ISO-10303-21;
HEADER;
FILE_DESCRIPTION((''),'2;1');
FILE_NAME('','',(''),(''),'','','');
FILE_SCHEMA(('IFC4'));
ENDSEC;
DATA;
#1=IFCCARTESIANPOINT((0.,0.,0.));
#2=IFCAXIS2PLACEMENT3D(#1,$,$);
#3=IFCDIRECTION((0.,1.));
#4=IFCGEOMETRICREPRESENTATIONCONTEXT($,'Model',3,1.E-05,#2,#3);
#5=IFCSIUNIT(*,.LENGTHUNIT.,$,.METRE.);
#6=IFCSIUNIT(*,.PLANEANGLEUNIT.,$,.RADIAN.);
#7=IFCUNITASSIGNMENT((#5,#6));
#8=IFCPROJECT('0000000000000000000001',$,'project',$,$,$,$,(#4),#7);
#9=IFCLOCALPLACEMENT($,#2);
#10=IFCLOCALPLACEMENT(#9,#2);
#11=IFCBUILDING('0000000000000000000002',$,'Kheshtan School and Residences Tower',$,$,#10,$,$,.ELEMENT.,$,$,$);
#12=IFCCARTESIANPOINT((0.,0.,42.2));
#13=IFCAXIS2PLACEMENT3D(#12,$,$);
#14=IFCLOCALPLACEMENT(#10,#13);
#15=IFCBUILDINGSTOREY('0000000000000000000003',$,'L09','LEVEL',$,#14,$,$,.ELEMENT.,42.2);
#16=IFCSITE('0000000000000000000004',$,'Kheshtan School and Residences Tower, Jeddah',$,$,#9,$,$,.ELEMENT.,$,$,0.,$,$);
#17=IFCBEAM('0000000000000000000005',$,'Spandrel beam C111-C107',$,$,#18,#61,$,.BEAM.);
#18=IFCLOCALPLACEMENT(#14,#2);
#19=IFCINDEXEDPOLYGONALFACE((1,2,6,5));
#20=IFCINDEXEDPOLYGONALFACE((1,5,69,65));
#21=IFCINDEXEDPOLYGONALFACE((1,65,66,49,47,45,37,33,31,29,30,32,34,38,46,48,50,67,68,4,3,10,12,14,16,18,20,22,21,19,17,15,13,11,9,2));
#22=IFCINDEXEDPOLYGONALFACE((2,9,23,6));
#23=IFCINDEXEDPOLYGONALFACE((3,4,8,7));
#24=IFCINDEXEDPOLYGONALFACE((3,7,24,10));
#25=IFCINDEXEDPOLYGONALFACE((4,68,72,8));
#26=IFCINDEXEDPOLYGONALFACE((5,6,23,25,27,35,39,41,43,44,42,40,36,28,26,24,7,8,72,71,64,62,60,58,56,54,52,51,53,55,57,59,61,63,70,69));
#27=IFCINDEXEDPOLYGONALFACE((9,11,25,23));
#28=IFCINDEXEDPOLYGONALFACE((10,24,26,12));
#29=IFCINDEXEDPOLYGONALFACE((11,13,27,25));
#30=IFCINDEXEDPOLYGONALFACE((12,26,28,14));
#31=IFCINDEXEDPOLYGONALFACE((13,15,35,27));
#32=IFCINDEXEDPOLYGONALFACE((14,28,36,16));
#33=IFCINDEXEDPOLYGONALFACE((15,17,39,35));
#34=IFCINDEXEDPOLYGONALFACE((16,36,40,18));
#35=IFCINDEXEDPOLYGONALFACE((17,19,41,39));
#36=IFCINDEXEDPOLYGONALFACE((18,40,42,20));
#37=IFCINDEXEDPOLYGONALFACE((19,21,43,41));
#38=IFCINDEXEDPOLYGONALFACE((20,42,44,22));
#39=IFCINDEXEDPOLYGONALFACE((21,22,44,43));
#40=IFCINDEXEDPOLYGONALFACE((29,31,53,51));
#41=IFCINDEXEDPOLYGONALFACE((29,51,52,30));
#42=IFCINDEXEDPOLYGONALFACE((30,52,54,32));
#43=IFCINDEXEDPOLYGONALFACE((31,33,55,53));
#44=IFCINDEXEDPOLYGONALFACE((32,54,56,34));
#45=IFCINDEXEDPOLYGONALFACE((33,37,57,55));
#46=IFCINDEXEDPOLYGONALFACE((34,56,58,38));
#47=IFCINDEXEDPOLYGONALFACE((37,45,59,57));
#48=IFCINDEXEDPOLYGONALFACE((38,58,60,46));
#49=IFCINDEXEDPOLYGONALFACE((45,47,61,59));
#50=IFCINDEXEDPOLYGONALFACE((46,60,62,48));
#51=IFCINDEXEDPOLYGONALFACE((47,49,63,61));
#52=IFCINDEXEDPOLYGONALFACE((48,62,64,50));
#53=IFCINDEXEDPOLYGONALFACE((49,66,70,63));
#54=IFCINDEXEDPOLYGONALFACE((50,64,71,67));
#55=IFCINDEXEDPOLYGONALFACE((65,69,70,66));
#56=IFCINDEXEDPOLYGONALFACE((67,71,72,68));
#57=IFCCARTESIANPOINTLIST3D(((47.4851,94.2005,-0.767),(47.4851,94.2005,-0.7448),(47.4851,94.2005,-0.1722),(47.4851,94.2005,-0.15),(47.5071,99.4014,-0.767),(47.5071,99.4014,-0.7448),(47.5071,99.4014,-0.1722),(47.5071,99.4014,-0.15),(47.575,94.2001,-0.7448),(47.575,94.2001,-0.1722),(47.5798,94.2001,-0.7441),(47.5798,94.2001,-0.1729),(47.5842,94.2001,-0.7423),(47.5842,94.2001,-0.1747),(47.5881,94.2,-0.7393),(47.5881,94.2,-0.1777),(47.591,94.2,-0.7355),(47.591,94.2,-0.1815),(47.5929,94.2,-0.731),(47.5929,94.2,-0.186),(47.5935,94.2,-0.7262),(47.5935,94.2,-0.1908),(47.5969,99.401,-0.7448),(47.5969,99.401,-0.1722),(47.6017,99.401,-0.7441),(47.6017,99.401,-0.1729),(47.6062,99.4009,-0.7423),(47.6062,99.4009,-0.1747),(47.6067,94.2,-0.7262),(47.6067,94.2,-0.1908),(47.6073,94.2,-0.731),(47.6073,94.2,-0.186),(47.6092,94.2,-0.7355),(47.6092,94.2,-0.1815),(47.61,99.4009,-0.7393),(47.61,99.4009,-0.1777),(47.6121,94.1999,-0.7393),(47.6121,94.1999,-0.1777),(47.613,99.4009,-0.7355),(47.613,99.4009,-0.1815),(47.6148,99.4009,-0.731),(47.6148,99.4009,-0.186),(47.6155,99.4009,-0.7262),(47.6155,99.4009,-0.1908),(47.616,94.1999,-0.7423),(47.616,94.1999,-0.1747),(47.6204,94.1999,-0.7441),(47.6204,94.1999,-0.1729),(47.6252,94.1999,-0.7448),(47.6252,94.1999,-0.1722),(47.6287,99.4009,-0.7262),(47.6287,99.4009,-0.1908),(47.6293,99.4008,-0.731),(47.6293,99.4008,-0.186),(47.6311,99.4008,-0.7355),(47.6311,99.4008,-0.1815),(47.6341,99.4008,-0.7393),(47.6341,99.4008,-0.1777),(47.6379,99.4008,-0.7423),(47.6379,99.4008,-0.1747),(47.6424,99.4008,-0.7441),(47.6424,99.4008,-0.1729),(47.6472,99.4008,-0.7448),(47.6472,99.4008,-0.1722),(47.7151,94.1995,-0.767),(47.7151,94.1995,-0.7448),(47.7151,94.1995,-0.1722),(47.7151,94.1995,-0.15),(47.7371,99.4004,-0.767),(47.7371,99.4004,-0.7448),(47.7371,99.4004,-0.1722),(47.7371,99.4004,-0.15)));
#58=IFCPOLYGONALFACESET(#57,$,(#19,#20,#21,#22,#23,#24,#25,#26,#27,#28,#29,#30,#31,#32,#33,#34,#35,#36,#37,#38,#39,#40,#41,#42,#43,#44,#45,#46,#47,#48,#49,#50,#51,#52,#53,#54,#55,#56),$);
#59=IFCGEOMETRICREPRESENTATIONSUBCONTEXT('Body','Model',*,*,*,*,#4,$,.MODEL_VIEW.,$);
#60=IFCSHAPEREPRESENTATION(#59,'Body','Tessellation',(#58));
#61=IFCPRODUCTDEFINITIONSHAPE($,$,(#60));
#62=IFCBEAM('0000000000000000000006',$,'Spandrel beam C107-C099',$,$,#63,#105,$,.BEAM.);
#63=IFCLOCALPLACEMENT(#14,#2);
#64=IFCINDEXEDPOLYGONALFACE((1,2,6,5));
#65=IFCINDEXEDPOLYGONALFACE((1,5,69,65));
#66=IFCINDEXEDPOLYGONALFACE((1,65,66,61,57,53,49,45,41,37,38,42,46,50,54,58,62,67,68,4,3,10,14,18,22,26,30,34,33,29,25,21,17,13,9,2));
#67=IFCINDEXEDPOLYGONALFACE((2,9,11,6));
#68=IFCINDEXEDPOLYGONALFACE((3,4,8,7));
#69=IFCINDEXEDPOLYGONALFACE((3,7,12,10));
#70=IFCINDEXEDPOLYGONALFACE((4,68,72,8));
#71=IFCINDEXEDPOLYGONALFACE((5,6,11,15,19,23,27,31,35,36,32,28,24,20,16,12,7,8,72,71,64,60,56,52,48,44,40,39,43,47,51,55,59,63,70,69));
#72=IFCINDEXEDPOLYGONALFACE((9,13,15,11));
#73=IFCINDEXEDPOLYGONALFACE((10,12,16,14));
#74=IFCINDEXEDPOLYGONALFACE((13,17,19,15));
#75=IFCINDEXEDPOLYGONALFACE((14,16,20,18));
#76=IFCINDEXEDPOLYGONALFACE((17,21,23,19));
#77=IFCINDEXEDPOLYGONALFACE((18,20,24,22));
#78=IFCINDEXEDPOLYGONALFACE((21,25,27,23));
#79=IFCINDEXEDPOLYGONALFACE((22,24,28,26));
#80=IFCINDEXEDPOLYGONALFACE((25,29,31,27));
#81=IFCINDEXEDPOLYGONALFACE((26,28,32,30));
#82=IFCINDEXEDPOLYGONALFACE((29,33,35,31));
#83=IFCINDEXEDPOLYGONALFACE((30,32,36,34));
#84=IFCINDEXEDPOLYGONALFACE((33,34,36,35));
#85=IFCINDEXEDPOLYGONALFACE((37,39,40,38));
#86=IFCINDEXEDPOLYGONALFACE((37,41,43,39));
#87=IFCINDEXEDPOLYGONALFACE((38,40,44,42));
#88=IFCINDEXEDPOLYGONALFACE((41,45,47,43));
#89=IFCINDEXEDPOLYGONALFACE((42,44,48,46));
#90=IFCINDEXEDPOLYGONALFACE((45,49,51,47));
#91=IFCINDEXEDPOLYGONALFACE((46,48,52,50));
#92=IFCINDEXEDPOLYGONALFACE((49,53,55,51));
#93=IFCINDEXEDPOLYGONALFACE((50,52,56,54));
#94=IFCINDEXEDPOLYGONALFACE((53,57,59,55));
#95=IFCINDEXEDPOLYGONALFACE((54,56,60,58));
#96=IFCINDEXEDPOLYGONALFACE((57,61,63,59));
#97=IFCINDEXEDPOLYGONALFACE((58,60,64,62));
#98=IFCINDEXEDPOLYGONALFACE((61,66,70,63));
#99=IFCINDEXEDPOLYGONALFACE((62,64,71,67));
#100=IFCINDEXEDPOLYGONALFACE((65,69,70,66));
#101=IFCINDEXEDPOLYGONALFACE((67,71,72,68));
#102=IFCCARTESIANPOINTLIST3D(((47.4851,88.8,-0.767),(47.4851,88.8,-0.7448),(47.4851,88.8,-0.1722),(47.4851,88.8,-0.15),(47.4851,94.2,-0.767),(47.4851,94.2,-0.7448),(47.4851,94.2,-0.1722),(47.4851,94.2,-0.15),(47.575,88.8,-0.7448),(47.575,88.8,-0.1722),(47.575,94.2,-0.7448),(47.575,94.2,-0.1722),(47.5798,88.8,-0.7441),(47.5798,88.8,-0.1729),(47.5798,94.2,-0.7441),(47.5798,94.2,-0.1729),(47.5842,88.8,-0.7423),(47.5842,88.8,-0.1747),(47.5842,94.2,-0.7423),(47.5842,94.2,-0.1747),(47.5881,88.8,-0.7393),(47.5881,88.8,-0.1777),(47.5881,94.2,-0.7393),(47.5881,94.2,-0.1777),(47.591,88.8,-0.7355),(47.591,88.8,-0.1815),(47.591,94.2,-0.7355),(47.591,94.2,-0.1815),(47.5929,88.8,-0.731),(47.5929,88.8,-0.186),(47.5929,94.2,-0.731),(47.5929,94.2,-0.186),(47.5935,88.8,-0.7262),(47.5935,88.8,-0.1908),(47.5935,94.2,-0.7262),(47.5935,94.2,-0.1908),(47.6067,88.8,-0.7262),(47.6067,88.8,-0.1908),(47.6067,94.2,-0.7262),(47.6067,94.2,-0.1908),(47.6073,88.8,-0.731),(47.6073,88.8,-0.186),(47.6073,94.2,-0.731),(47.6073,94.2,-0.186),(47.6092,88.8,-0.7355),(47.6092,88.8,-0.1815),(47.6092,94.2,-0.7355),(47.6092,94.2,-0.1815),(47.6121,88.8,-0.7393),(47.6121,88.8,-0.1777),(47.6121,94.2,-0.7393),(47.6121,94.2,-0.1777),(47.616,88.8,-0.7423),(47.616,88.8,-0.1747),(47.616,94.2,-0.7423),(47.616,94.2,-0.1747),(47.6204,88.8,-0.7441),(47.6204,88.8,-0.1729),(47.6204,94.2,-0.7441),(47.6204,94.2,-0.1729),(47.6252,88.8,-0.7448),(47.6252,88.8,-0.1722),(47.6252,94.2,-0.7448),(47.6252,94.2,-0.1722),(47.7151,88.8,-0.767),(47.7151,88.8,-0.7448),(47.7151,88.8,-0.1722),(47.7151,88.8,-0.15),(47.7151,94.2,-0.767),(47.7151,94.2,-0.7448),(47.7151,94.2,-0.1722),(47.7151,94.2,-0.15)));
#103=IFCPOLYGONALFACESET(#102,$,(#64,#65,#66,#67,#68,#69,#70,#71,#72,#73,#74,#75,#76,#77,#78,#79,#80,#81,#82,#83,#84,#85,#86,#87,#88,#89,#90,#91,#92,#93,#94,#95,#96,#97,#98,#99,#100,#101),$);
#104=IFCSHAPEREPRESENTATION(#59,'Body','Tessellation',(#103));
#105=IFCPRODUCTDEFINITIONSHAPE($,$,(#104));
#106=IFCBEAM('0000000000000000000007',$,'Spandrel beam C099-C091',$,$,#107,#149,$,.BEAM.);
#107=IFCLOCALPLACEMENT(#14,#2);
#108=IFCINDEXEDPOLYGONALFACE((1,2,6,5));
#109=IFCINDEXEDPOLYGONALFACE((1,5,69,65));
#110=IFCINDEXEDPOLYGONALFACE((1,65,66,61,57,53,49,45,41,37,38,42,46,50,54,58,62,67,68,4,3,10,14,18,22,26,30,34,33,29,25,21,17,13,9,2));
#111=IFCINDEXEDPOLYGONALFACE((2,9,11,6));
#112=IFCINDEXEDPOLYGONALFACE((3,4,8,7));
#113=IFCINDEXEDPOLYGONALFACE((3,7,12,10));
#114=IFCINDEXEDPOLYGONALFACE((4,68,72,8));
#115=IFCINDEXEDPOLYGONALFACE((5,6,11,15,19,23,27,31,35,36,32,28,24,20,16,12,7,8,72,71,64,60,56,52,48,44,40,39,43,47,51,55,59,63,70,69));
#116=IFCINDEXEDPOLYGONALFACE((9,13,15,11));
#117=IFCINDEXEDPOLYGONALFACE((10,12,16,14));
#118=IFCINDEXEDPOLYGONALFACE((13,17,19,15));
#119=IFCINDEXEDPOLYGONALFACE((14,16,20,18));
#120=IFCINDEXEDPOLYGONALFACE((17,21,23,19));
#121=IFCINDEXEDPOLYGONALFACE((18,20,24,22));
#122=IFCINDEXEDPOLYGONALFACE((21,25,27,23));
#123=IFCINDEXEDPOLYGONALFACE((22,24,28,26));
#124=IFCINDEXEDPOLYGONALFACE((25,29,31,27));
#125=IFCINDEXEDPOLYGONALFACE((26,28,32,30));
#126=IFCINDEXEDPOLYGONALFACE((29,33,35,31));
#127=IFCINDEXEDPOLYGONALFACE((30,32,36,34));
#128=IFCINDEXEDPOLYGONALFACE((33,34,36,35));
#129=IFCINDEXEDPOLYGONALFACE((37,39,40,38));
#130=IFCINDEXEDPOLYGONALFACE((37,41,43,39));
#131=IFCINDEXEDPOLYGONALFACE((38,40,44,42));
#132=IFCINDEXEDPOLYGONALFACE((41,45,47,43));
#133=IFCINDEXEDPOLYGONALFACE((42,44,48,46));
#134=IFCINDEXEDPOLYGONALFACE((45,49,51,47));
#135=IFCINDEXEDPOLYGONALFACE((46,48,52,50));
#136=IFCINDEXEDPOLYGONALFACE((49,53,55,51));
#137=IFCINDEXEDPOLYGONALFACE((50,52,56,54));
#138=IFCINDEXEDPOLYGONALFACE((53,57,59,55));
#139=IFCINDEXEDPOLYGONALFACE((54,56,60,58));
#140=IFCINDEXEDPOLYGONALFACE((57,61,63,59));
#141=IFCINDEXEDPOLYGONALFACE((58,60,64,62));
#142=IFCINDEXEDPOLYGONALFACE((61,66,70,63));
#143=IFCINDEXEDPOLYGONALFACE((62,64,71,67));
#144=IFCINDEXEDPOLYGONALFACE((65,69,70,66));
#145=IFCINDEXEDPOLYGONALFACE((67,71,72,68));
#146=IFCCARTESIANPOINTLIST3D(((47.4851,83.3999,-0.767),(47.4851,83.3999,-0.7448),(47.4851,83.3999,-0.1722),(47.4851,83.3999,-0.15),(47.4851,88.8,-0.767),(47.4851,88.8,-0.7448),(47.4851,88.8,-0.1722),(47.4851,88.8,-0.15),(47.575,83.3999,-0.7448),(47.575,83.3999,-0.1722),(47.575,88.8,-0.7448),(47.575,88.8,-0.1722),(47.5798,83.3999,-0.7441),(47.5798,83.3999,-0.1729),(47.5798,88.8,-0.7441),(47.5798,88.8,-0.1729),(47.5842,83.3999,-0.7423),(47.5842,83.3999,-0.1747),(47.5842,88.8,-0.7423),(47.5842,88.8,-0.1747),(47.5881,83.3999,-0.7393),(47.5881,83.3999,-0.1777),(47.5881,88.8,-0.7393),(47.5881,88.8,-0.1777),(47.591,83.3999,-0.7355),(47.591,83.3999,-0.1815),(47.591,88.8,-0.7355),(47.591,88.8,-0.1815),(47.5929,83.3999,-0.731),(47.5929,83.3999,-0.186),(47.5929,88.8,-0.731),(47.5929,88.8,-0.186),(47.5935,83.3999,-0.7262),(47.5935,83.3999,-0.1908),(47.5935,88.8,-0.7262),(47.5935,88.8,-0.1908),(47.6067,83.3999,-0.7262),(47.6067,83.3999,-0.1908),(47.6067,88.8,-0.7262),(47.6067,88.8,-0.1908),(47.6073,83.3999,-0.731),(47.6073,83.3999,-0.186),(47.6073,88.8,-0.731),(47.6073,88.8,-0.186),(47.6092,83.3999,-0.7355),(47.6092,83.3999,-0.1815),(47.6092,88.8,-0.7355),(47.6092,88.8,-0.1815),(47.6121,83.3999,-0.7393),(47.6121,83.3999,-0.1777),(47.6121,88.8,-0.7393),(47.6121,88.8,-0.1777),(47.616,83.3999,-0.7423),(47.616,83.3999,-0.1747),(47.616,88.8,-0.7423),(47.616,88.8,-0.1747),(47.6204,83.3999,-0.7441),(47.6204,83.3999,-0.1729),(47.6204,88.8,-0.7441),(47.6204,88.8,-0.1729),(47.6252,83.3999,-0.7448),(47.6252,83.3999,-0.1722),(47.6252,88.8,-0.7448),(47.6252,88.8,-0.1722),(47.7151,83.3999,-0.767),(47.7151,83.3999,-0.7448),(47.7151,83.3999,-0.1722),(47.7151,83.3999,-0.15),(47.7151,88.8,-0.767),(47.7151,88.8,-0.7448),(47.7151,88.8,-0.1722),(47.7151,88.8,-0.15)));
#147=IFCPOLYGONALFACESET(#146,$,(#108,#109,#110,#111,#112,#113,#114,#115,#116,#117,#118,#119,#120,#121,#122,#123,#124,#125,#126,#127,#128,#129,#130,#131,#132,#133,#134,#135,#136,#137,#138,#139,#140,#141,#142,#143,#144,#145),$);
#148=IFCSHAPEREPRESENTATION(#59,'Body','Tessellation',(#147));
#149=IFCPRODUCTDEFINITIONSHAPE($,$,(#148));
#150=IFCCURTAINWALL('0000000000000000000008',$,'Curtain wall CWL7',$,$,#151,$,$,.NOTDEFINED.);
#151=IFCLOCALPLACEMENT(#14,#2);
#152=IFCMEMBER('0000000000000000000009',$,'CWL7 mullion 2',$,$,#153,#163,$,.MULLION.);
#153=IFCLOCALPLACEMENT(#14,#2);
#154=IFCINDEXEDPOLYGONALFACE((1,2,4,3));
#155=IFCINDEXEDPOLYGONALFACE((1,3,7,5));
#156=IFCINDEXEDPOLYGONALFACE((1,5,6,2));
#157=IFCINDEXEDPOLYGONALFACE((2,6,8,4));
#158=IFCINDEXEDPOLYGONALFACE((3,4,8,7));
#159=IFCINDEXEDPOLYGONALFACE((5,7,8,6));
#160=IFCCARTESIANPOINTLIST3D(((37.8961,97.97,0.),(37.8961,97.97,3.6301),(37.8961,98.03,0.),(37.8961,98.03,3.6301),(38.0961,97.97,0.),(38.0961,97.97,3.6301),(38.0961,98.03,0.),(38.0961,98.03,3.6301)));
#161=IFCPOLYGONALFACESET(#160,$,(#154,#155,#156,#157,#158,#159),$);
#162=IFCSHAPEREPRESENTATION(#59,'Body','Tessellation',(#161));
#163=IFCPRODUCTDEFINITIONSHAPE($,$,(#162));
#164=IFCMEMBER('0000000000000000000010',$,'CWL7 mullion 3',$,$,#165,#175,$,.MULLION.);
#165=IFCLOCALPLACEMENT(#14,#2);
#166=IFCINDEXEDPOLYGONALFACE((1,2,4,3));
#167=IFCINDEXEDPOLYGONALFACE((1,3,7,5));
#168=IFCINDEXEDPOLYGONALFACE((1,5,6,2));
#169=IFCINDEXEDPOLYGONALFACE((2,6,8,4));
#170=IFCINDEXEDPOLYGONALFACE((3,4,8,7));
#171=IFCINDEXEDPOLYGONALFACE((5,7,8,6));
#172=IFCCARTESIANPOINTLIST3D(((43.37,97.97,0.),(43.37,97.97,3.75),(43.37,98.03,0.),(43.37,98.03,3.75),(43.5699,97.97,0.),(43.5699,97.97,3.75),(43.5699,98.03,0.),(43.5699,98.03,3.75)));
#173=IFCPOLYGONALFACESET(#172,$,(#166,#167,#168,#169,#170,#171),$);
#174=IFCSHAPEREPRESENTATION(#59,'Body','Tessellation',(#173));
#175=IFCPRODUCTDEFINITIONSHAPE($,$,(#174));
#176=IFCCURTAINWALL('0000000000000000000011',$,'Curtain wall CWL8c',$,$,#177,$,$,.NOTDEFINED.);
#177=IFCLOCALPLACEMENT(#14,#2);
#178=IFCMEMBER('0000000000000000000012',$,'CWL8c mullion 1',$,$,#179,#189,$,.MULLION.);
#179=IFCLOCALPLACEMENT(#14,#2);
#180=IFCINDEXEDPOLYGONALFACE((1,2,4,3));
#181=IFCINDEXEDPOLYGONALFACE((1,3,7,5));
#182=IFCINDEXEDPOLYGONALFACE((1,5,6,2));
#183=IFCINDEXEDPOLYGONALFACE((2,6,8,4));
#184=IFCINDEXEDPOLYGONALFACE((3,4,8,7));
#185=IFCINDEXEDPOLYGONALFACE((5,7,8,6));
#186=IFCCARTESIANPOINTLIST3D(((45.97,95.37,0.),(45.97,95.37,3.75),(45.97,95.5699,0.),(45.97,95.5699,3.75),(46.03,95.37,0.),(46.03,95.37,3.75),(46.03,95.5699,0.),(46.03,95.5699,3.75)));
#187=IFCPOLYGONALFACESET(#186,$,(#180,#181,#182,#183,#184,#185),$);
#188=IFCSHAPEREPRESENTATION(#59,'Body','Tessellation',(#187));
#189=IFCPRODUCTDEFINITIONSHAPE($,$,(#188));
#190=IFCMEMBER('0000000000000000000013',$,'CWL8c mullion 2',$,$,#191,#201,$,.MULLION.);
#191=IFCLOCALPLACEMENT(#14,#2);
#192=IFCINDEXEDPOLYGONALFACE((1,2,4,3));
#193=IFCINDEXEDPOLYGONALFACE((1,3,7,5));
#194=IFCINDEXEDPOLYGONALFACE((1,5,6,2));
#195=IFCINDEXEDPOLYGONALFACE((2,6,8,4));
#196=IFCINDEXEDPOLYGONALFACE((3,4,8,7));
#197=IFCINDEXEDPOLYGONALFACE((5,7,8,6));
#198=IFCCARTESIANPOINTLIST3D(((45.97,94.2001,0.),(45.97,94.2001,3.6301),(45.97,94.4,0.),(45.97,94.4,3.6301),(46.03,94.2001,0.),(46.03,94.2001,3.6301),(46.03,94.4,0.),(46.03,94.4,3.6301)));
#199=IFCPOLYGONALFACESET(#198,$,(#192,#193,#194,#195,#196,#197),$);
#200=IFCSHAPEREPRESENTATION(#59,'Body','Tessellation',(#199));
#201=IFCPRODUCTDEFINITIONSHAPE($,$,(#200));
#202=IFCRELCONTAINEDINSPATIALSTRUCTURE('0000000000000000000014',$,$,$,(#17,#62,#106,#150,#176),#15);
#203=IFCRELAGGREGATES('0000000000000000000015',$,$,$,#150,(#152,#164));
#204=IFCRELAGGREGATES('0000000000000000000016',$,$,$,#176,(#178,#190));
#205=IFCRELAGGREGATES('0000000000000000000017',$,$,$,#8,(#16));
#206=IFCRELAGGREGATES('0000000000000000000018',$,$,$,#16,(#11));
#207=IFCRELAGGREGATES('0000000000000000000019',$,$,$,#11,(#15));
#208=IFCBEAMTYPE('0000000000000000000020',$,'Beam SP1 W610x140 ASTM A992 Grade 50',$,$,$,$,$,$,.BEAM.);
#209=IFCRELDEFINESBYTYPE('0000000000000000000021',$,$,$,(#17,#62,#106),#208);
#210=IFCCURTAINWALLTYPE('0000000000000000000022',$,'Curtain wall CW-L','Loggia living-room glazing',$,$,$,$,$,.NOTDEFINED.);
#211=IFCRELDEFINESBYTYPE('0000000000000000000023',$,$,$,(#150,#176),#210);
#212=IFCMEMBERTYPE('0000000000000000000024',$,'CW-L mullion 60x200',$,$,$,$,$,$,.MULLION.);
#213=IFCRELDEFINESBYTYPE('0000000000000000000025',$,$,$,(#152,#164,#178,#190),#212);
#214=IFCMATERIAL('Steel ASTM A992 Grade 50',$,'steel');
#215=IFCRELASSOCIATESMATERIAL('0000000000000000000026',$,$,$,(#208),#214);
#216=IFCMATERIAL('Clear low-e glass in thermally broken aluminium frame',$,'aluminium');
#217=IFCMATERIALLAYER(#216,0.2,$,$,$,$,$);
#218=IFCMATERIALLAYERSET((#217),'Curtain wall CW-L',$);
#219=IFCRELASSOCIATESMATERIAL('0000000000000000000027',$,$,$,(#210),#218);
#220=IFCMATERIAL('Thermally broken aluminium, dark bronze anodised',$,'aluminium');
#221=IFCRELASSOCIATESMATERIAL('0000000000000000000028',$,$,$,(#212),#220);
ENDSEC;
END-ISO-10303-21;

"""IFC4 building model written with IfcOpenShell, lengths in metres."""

from ifc_helpers import new_model, si_unit, direction, frame, origin, origin_2d, place, context, subcontext, project, spatial, rectangle, i_section, extrude, material, layer, layer_set, material_profile, profile_set, type_object, element, aggregate, save


model = new_model("IFC4")

# Units and contexts
model_context = context("Model", 3, precision=1e-05, world=origin(), true_north=direction((0.0, 1.0)))
body_context = subcontext(model_context, "Body", "Model", "MODEL_VIEW")
ifc_project = project(units=[si_unit("LENGTHUNIT", "METRE"), si_unit("PLANEANGLEUNIT", "RADIAN")], contexts=[model_context])

# Site, building, storey
site_placement = place(None, origin())
site = spatial("IfcSite", under=ifc_project, at=site_placement, Name="Kheshtan School and Residences Tower, Jeddah", CompositionType="ELEMENT", RefElevation=0.0)
building_placement = place(site_placement, origin())
building = spatial("IfcBuilding", under=site, at=building_placement, Name="Kheshtan School and Residences Tower", CompositionType="ELEMENT")
storey_placement = place(building_placement, frame((0.0, 0.0, 42.2)))
storey = spatial("IfcBuildingStorey", under=building, at=storey_placement, Name="L09", Description="LEVEL", CompositionType="ELEMENT", Elevation=42.2)

# Shared definitions
ifc_material_1 = material(Name="Steel ASTM A992 Grade 50", Category="steel")

# Beams
ifc_material_profile_1 = material_profile(ifc_material_1, i_section(OverallWidth=0.23, OverallDepth=0.6169, WebThickness=0.0132, FlangeThickness=0.0222, FilletRadius=0.0186, at=origin_2d()), Name="W610x140")
ifc_profile_set_1 = profile_set([ifc_material_profile_1], Name="Steel ASTM A992 Grade 50")
beam_type_1 = type_object("IfcBeamType", Name="Beam SP1 W610x140 ASTM A992 Grade 50", PredefinedType="BEAM", material=ifc_profile_set_1)
beam_1_placement = place(storey_placement, frame((47.6221, 99.4009, -0.4585), z_axis=(-0.004225, -0.999991, 0.0), x_axis=(0.999991, -0.004225, 0.0)))
element("IfcBeam", 1, at=beam_1_placement, inside=storey, type_object=beam_type_1, Name="Spandrel beam C111-C107", PredefinedType="BEAM", context=body_context, shape_type="SweptSolid", body=[
    extrude(i_section(OverallWidth=0.23, OverallDepth=0.6169, WebThickness=0.0132, FlangeThickness=0.0222, FilletRadius=0.0186, at=origin_2d()), origin(), (0.0, 0.0, 1.0), 5.2009),
])
beam_2_placement = place(storey_placement, frame((47.6001, 94.2, -0.4585), z_axis=(0.0, -1.0, 0.0), x_axis=(1.0, 0.0, 0.0)))
element("IfcBeam", 2, at=beam_2_placement, inside=storey, type_object=beam_type_1, Name="Spandrel beam C107-C099", PredefinedType="BEAM", context=body_context, shape_type="SweptSolid", body=[
    extrude(i_section(OverallWidth=0.23, OverallDepth=0.6169, WebThickness=0.0132, FlangeThickness=0.0222, FilletRadius=0.0186, at=origin_2d()), origin(), (0.0, 0.0, 1.0), 5.3999),
])
beam_3_placement = place(storey_placement, frame((47.6001, 88.8, -0.4585), z_axis=(0.0, -1.0, 0.0), x_axis=(1.0, 0.0, 0.0)))
element("IfcBeam", 3, at=beam_3_placement, inside=storey, type_object=beam_type_1, Name="Spandrel beam C099-C091", PredefinedType="BEAM", context=body_context, shape_type="SweptSolid", body=[
    extrude(i_section(OverallWidth=0.23, OverallDepth=0.6169, WebThickness=0.0132, FlangeThickness=0.0222, FilletRadius=0.0186, at=origin_2d()), origin(), (0.0, 0.0, 1.0), 5.4001),
])

# Curtain walls, members
ifc_material_2 = material(Name="Clear low-e glass in thermally broken aluminium frame", Category="aluminium")
ifc_layer_1 = layer(ifc_material_2, 0.2)
ifc_layer_set_1 = layer_set([ifc_layer_1], Name="Curtain wall CW-L")
curtain_wall_type = type_object("IfcCurtainWallType", Name="Curtain wall CW-L", Description="Loggia living-room glazing", PredefinedType="NOTDEFINED", material=ifc_layer_set_1)
curtain_wall_1_placement = place(storey_placement, origin())
curtain_wall_1 = element("IfcCurtainWall", 4, at=curtain_wall_1_placement, inside=storey, type_object=curtain_wall_type, Name="Curtain wall CWL7", PredefinedType="NOTDEFINED")
ifc_material_3 = material(Name="Thermally broken aluminium, dark bronze anodised", Category="aluminium")
ifc_material_profile_2 = material_profile(ifc_material_3, rectangle(XDim=0.0601, YDim=0.2, at=origin_2d()), Name="CW-L mullion 60x200")
ifc_profile_set_2 = profile_set([ifc_material_profile_2], Name="Thermally broken aluminium, dark bronze anodised")
member_type_1 = type_object("IfcMemberType", Name="CW-L mullion 60x200", PredefinedType="MULLION", material=ifc_profile_set_2)
member_1_placement = place(storey_placement, frame((37.9961, 98.0, 0.0), z_axis=(0.0, 0.0, 1.0), x_axis=(0.0, 1.0, 0.0)))
member_1 = element("IfcMember", 5, at=member_1_placement, type_object=member_type_1, Name="CWL7 mullion 2", PredefinedType="MULLION", context=body_context, shape_type="SweptSolid", body=[
    extrude(rectangle(XDim=0.0601, YDim=0.2, at=origin_2d()), origin(), (0.0, 0.0, 1.0), 3.6301),
])
member_2_placement = place(storey_placement, frame((43.47, 98.0, 0.0), z_axis=(0.0, 0.0, 1.0), x_axis=(0.0, 1.0, 0.0)))
member_2 = element("IfcMember", 6, at=member_2_placement, type_object=member_type_1, Name="CWL7 mullion 3", PredefinedType="MULLION", context=body_context, shape_type="SweptSolid", body=[
    extrude(rectangle(XDim=0.0601, YDim=0.2, at=origin_2d()), origin(), (0.0, 0.0, 1.0), 3.75),
])
curtain_wall_2_placement = place(storey_placement, origin())
curtain_wall_2 = element("IfcCurtainWall", 7, at=curtain_wall_2_placement, inside=storey, type_object=curtain_wall_type, Name="Curtain wall CWL8c", PredefinedType="NOTDEFINED")
member_3_placement = place(storey_placement, frame((46.0, 95.47, 0.0), z_axis=(0.0, 0.0, 1.0), x_axis=(1.0, 0.0, 0.0)))
member_3 = element("IfcMember", 8, at=member_3_placement, type_object=member_type_1, Name="CWL8c mullion 1", PredefinedType="MULLION", context=body_context, shape_type="SweptSolid", body=[
    extrude(rectangle(XDim=0.0601, YDim=0.2, at=origin_2d()), origin(), (0.0, 0.0, 1.0), 3.75),
])
member_4_placement = place(storey_placement, frame((46.0, 94.3, 0.0), z_axis=(0.0, 0.0, 1.0), x_axis=(1.0, 0.0, 0.0)))
member_4 = element("IfcMember", 9, at=member_4_placement, type_object=member_type_1, Name="CWL8c mullion 2", PredefinedType="MULLION", context=body_context, shape_type="SweptSolid", body=[
    extrude(rectangle(XDim=0.0601, YDim=0.2, at=origin_2d()), origin(), (0.0, 0.0, 1.0), 3.6301),
])

aggregate(curtain_wall_1, [member_1, member_2])
aggregate(curtain_wall_2, [member_3, member_4])

save(model, "model.ifc")
